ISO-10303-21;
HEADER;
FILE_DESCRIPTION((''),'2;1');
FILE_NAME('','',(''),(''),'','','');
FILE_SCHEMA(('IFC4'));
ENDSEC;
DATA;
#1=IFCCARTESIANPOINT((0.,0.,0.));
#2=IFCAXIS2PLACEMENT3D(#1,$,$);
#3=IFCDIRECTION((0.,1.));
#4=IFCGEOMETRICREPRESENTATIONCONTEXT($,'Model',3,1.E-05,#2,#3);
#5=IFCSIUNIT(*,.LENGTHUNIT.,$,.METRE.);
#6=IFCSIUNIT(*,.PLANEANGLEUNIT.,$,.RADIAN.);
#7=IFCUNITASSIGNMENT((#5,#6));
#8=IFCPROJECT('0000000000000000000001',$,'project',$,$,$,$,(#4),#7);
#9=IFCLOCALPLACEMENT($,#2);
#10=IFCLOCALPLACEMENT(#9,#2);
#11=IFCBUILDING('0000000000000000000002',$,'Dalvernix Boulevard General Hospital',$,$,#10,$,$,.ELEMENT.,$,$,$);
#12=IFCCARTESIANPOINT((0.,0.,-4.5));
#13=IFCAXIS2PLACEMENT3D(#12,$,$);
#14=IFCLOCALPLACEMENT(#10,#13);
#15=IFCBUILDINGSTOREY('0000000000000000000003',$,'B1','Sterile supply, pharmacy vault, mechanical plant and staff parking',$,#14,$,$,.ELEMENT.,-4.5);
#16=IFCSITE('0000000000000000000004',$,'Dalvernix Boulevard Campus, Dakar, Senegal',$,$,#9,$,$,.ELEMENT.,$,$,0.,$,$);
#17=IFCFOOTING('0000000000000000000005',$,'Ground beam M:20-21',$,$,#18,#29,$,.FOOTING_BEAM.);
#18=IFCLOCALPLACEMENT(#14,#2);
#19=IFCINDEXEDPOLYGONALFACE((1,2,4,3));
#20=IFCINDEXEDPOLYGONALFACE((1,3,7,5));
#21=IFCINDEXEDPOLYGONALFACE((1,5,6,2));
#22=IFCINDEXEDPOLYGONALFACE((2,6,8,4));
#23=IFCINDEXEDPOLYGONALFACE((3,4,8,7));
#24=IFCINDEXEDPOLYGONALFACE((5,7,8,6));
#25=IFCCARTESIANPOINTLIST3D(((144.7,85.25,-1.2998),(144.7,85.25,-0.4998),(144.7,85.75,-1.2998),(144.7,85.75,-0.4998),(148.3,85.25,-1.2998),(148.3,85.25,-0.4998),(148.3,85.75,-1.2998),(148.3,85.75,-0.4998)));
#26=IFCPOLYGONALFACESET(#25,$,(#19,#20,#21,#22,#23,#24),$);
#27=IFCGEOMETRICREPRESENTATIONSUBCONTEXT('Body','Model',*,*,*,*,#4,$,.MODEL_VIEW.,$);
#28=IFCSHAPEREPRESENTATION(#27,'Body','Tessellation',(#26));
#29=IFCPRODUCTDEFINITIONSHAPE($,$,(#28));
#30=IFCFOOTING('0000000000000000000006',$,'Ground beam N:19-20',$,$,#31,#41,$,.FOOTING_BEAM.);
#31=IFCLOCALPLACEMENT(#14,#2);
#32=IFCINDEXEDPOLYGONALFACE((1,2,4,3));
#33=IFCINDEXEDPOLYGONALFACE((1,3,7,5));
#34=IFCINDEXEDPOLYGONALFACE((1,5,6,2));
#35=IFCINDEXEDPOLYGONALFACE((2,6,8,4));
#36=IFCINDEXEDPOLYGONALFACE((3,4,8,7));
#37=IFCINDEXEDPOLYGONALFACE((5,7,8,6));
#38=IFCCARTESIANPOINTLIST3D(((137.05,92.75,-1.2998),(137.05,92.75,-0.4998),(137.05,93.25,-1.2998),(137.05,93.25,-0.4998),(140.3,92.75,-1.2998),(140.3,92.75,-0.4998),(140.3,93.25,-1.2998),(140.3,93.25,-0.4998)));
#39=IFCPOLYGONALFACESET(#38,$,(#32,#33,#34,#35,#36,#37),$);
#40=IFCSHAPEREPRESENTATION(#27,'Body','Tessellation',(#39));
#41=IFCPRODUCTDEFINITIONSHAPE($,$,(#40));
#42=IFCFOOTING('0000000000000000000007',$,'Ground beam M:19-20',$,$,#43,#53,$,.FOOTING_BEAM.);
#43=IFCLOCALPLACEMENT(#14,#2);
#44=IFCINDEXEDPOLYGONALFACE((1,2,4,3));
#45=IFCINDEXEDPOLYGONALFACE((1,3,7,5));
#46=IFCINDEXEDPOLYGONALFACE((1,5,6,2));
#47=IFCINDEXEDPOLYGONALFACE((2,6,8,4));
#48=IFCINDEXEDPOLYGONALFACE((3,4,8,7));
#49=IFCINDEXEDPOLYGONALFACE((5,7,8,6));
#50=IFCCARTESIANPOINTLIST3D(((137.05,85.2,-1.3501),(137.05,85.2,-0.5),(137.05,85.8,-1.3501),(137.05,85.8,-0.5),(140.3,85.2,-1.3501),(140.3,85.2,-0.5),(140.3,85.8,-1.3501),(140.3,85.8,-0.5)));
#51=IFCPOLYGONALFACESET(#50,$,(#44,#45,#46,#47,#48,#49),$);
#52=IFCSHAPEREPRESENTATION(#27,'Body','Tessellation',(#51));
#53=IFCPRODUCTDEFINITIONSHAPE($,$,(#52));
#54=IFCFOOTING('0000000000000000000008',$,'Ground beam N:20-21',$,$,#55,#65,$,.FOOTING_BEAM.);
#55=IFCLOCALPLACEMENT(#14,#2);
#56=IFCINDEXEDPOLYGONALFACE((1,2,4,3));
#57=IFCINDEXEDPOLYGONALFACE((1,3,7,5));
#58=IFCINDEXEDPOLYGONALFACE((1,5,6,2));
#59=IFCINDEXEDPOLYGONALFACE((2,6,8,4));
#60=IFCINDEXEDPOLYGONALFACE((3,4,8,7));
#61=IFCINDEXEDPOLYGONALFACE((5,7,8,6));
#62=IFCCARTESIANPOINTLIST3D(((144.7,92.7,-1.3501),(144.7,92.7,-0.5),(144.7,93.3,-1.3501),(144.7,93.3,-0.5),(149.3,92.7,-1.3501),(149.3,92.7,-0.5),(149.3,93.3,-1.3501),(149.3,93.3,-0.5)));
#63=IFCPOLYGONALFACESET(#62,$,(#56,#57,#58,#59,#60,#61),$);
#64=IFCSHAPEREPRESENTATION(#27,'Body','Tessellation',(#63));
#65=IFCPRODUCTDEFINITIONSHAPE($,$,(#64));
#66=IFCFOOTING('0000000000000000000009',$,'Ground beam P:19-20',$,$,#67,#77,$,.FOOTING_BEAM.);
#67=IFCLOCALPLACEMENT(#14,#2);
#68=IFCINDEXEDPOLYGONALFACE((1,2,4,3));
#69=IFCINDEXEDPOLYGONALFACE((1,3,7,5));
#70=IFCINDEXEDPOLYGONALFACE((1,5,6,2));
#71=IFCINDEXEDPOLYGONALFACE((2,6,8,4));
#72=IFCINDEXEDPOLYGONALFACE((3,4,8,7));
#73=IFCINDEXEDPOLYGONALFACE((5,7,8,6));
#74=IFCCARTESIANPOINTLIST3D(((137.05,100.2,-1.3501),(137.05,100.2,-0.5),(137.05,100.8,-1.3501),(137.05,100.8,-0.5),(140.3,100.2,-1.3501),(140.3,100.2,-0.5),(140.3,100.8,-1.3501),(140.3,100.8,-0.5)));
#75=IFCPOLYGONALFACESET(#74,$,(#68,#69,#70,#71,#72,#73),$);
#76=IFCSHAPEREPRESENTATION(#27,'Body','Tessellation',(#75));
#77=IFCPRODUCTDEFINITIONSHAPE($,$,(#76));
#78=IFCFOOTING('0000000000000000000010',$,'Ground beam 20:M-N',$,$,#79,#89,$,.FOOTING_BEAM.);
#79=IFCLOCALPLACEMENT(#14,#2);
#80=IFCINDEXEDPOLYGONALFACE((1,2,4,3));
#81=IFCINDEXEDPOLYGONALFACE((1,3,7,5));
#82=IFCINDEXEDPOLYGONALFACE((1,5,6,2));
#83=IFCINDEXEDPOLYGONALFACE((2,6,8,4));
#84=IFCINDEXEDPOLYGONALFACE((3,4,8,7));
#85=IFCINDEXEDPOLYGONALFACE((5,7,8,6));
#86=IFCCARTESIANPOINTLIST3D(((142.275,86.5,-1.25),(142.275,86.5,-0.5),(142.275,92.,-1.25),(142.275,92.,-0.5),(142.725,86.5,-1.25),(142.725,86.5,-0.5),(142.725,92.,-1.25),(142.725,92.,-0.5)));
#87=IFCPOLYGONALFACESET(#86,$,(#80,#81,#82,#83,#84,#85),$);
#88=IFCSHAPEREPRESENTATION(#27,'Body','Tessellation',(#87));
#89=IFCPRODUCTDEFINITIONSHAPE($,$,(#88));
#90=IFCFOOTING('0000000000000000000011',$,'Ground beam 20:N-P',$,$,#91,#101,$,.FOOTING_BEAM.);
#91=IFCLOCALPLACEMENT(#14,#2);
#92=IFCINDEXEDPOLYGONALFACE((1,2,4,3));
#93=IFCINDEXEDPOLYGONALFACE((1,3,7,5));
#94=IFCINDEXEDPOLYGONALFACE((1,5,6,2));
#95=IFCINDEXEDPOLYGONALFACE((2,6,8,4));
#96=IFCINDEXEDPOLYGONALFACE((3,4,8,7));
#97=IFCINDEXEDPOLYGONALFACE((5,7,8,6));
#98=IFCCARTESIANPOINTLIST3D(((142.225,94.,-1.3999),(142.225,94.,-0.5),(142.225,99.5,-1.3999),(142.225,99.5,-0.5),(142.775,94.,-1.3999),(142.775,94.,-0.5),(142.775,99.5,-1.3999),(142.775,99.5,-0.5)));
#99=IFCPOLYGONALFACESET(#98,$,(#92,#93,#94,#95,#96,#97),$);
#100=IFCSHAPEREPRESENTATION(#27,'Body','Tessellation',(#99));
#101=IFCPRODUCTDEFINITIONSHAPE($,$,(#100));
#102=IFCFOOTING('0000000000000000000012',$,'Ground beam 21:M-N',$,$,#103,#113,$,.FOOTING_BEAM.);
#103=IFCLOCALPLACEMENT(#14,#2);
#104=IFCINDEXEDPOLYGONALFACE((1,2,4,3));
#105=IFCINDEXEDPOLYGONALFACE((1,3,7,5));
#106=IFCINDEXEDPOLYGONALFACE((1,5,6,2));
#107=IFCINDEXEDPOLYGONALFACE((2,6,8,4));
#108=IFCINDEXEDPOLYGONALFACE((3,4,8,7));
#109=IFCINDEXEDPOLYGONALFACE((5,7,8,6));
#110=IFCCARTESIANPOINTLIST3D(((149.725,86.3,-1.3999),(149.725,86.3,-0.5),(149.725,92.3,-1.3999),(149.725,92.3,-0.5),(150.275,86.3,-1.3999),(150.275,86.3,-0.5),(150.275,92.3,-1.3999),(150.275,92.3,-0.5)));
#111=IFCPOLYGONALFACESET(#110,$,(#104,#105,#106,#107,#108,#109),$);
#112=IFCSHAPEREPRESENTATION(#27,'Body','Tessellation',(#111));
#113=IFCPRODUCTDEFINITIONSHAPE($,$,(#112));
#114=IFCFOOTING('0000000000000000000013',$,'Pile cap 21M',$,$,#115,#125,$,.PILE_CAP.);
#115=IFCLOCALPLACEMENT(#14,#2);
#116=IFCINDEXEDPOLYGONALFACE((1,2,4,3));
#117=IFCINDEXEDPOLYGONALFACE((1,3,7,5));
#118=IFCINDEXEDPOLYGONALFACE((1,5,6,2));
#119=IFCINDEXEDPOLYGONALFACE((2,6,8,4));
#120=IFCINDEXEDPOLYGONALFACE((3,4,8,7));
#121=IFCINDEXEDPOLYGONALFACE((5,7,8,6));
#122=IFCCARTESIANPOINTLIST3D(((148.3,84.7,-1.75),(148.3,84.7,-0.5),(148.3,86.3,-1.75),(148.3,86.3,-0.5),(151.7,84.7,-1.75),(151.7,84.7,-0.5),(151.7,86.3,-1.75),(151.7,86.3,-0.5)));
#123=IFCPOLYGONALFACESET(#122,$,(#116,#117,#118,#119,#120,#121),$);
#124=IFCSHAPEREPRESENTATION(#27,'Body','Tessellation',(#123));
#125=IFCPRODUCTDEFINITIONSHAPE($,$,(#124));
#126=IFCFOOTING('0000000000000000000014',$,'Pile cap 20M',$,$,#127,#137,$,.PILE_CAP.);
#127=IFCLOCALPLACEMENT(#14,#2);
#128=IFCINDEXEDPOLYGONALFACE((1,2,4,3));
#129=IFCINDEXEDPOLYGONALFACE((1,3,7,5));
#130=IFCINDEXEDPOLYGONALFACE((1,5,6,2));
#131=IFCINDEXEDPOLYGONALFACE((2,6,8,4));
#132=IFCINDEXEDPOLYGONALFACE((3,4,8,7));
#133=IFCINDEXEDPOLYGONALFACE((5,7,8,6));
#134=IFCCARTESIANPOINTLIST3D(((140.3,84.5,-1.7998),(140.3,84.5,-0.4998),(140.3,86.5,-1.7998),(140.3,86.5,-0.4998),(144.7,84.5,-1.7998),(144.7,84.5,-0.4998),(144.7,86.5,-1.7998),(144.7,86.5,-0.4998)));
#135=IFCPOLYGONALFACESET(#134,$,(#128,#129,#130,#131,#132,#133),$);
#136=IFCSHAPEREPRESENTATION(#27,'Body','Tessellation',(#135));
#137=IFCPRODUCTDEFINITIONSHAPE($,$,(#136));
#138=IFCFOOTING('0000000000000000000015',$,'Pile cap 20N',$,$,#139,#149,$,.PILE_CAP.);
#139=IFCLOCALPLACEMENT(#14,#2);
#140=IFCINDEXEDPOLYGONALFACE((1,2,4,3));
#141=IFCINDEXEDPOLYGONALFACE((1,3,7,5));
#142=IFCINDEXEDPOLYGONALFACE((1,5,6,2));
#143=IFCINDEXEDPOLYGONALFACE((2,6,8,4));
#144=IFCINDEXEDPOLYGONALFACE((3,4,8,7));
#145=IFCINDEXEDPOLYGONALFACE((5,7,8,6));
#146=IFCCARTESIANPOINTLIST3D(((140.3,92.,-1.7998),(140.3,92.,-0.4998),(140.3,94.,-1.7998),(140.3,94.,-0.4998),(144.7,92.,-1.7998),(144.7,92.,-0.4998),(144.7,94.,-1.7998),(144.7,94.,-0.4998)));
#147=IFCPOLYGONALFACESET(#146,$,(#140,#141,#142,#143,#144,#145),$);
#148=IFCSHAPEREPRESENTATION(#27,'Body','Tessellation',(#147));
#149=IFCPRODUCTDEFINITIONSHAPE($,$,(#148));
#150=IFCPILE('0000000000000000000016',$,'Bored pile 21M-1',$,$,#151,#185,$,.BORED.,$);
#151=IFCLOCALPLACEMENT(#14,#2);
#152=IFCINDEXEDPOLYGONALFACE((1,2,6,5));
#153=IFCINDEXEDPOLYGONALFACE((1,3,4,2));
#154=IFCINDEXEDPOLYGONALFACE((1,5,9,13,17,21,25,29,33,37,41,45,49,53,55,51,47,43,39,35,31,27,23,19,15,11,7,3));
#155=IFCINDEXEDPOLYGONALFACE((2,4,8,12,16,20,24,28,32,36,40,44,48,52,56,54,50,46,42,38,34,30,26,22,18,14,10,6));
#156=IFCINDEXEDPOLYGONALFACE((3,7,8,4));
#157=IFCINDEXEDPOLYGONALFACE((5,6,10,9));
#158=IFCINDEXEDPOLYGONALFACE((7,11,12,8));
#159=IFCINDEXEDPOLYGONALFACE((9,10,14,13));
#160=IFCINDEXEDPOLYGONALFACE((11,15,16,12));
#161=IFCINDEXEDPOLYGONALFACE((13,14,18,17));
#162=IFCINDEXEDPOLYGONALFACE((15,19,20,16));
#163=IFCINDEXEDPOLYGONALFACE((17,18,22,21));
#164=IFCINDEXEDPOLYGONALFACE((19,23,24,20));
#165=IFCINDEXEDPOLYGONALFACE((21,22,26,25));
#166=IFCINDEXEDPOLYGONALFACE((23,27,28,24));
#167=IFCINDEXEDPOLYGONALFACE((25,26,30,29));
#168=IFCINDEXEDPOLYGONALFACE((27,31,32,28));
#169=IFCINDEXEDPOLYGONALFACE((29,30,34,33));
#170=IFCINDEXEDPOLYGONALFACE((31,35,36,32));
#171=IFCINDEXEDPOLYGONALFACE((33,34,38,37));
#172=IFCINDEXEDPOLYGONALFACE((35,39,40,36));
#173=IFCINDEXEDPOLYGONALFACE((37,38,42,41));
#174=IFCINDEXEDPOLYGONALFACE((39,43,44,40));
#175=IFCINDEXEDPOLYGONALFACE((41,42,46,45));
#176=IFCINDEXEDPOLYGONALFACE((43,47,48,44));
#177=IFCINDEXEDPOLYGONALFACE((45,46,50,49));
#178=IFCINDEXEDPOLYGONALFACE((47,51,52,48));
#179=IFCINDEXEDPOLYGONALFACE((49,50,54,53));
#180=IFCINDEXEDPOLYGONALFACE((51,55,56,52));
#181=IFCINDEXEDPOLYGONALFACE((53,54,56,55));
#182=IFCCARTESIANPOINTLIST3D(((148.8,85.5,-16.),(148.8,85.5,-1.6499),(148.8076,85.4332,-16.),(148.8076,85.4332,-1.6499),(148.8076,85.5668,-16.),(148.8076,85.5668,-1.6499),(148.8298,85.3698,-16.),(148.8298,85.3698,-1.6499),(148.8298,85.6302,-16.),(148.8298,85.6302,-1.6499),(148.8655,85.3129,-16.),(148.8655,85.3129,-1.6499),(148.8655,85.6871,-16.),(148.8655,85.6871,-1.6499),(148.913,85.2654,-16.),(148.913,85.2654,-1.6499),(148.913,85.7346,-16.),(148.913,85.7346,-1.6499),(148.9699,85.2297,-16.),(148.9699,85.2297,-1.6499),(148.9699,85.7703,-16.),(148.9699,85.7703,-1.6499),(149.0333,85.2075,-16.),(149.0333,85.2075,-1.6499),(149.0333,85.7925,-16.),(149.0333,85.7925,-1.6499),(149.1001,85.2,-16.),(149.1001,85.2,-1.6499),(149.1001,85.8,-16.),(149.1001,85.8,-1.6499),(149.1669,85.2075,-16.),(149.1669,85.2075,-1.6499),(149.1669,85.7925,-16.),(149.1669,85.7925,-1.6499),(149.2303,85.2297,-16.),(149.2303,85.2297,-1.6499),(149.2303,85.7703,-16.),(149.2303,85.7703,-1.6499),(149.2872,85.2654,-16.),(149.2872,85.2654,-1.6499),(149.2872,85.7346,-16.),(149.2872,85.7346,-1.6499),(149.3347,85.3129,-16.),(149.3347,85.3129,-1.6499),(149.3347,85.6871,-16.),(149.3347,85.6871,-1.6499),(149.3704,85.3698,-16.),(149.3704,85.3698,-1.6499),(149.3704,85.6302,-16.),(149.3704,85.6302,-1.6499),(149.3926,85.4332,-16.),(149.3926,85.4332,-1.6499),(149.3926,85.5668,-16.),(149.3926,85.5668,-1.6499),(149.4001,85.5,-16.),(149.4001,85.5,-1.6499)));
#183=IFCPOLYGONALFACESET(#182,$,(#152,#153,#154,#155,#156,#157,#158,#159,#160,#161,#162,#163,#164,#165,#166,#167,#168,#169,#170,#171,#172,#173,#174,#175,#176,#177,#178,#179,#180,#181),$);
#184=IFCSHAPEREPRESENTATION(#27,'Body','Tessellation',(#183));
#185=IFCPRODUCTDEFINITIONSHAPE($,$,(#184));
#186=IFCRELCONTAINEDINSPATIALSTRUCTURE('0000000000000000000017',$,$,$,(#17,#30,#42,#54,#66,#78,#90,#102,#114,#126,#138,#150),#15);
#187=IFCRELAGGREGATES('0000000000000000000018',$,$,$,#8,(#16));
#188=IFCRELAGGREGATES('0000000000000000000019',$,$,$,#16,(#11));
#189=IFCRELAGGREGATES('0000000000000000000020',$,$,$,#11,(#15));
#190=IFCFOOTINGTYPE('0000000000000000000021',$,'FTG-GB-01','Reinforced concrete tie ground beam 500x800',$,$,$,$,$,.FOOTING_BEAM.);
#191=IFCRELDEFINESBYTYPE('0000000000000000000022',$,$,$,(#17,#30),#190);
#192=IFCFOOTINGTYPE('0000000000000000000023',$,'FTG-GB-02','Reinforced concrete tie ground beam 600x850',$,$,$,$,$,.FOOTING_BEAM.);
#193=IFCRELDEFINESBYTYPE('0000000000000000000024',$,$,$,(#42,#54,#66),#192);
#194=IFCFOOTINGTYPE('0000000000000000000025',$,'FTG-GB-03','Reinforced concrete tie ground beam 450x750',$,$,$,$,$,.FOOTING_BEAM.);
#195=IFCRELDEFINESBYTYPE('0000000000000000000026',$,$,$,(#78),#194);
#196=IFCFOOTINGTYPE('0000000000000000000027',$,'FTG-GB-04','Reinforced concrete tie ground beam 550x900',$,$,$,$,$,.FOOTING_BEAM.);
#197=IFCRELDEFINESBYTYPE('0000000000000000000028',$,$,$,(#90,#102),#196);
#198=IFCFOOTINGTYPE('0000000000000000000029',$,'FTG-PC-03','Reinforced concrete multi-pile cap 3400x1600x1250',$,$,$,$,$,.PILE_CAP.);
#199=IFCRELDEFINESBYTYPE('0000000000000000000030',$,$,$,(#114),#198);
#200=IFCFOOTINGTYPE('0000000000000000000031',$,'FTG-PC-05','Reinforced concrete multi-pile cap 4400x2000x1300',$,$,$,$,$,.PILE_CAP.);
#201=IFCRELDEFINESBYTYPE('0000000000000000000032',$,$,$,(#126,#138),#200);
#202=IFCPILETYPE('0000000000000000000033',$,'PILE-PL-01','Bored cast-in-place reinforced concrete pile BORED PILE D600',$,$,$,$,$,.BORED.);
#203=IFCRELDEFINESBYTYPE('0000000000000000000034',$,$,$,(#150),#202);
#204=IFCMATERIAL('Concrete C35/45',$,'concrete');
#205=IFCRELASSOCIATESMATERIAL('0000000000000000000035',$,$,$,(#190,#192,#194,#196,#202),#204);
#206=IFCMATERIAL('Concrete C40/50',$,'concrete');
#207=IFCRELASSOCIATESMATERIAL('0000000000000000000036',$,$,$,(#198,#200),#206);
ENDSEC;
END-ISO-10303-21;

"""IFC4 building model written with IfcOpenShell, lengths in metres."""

from ifc_helpers import new_model, si_unit, direction, frame, origin, origin_2d, place, context, subcontext, project, spatial, rectangle, circle, extrude, material, material_profile, profile_set, type_object, element, save


model = new_model("IFC4")

# Units and contexts
model_context = context("Model", 3, precision=1e-05, world=origin(), true_north=direction((0.0, 1.0)))
body_context = subcontext(model_context, "Body", "Model", "MODEL_VIEW")
ifc_project = project(units=[si_unit("LENGTHUNIT", "METRE"), si_unit("PLANEANGLEUNIT", "RADIAN")], contexts=[model_context])

# Site, building, storey
site_placement = place(None, origin())
site = spatial("IfcSite", under=ifc_project, at=site_placement, Name="Dalvernix Boulevard Campus, Dakar, Senegal", CompositionType="ELEMENT", RefElevation=0.0)
building_placement = place(site_placement, origin())
building = spatial("IfcBuilding", under=site, at=building_placement, Name="Dalvernix Boulevard General Hospital", CompositionType="ELEMENT")
storey_placement = place(building_placement, frame((0.0, 0.0, -4.5)))
storey = spatial("IfcBuildingStorey", under=building, at=storey_placement, Name="B1", Description="Sterile supply, pharmacy vault, mechanical plant and staff parking", CompositionType="ELEMENT", Elevation=-4.5)

# Footings
ifc_material_1 = material(Name="Concrete C35/45", Category="concrete")
footing_type_1 = type_object("IfcFootingType", Name="FTG-GB-01", Description="Reinforced concrete tie ground beam 500x800", PredefinedType="FOOTING_BEAM", material=ifc_material_1)
footing_1_placement = place(storey_placement, frame((146.5, 85.5, -1.2998), z_axis=(0.0, 0.0, 1.0), x_axis=(1.0, 0.0, 0.0)))
element("IfcFooting", 1, at=footing_1_placement, inside=storey, type_object=footing_type_1, Name="Ground beam M:20-21", PredefinedType="FOOTING_BEAM", context=body_context, shape_type="SweptSolid", body=[
    extrude(rectangle(XDim=3.6001, YDim=0.5, at=origin_2d()), origin(), (0.0, 0.0, 1.0), 0.8),
])
footing_2_placement = place(storey_placement, frame((138.675, 93.0, -1.2998), z_axis=(0.0, 0.0, 1.0), x_axis=(1.0, 0.0, 0.0)))
element("IfcFooting", 2, at=footing_2_placement, inside=storey, type_object=footing_type_1, Name="Ground beam N:19-20", PredefinedType="FOOTING_BEAM", context=body_context, shape_type="SweptSolid", body=[
    extrude(rectangle(XDim=3.25, YDim=0.5, at=origin_2d()), origin(), (0.0, 0.0, 1.0), 0.8),
])
footing_type_2 = type_object("IfcFootingType", Name="FTG-GB-02", Description="Reinforced concrete tie ground beam 600x850", PredefinedType="FOOTING_BEAM", material=ifc_material_1)
footing_3_placement = place(storey_placement, frame((138.675, 85.5, -1.3501), z_axis=(0.0, 0.0, 1.0), x_axis=(1.0, 0.0, 0.0)))
element("IfcFooting", 3, at=footing_3_placement, inside=storey, type_object=footing_type_2, Name="Ground beam M:19-20", PredefinedType="FOOTING_BEAM", context=body_context, shape_type="SweptSolid", body=[
    extrude(rectangle(XDim=3.25, YDim=0.6001, at=origin_2d()), origin(), (0.0, 0.0, 1.0), 0.8501),
])
footing_4_placement = place(storey_placement, frame((147.0, 93.0, -1.3501), z_axis=(0.0, 0.0, 1.0), x_axis=(1.0, 0.0, 0.0)))
element("IfcFooting", 4, at=footing_4_placement, inside=storey, type_object=footing_type_2, Name="Ground beam N:20-21", PredefinedType="FOOTING_BEAM", context=body_context, shape_type="SweptSolid", body=[
    extrude(rectangle(XDim=4.6001, YDim=0.6001, at=origin_2d()), origin(), (0.0, 0.0, 1.0), 0.8501),
])
footing_5_placement = place(storey_placement, frame((138.675, 100.5, -1.3501), z_axis=(0.0, 0.0, 1.0), x_axis=(1.0, 0.0, 0.0)))
element("IfcFooting", 5, at=footing_5_placement, inside=storey, type_object=footing_type_2, Name="Ground beam P:19-20", PredefinedType="FOOTING_BEAM", context=body_context, shape_type="SweptSolid", body=[
    extrude(rectangle(XDim=3.25, YDim=0.6001, at=origin_2d()), origin(), (0.0, 0.0, 1.0), 0.8501),
])
footing_type_3 = type_object("IfcFootingType", Name="FTG-GB-03", Description="Reinforced concrete tie ground beam 450x750", PredefinedType="FOOTING_BEAM", material=ifc_material_1)
footing_6_placement = place(storey_placement, frame((142.5, 89.25, -1.25), z_axis=(0.0, 0.0, 1.0), x_axis=(0.0, 1.0, 0.0)))
element("IfcFooting", 6, at=footing_6_placement, inside=storey, type_object=footing_type_3, Name="Ground beam 20:M-N", PredefinedType="FOOTING_BEAM", context=body_context, shape_type="SweptSolid", body=[
    extrude(rectangle(XDim=5.5, YDim=0.45, at=origin_2d()), origin(), (0.0, 0.0, 1.0), 0.75),
])
footing_type_4 = type_object("IfcFootingType", Name="FTG-GB-04", Description="Reinforced concrete tie ground beam 550x900", PredefinedType="FOOTING_BEAM", material=ifc_material_1)
footing_7_placement = place(storey_placement, frame((142.5, 96.75, -1.3999), z_axis=(0.0, 0.0, 1.0), x_axis=(0.0, 1.0, 0.0)))
element("IfcFooting", 7, at=footing_7_placement, inside=storey, type_object=footing_type_4, Name="Ground beam 20:N-P", PredefinedType="FOOTING_BEAM", context=body_context, shape_type="SweptSolid", body=[
    extrude(rectangle(XDim=5.5, YDim=0.55, at=origin_2d()), origin(), (0.0, 0.0, 1.0), 0.8999),
])
footing_8_placement = place(storey_placement, frame((150.0, 89.3, -1.3999), z_axis=(0.0, 0.0, 1.0), x_axis=(0.0, 1.0, 0.0)))
element("IfcFooting", 8, at=footing_8_placement, inside=storey, type_object=footing_type_4, Name="Ground beam 21:M-N", PredefinedType="FOOTING_BEAM", context=body_context, shape_type="SweptSolid", body=[
    extrude(rectangle(XDim=6.0, YDim=0.55, at=origin_2d()), origin(), (0.0, 0.0, 1.0), 0.8999),
])
ifc_material_2 = material(Name="Concrete C40/50", Category="concrete")
footing_type_5 = type_object("IfcFootingType", Name="FTG-PC-03", Description="Reinforced concrete multi-pile cap 3400x1600x1250", PredefinedType="PILE_CAP", material=ifc_material_2)
footing_9_placement = place(storey_placement, frame((150.0, 85.5, -1.75), z_axis=(0.0, 0.0, 1.0), x_axis=(1.0, 0.0, 0.0)))
element("IfcFooting", 9, at=footing_9_placement, inside=storey, type_object=footing_type_5, Name="Pile cap 21M", PredefinedType="PILE_CAP", context=body_context, shape_type="SweptSolid", body=[
    extrude(rectangle(XDim=3.3999, YDim=1.6001, at=origin_2d()), origin(), (0.0, 0.0, 1.0), 1.25),
])
footing_type_6 = type_object("IfcFootingType", Name="FTG-PC-05", Description="Reinforced concrete multi-pile cap 4400x2000x1300", PredefinedType="PILE_CAP", material=ifc_material_2)
for number, where, z_axis, x_axis, name in (
    (10, (142.5, 85.5, -1.7998), (0.0, 0.0, 1.0), (1.0, 0.0, 0.0), "Pile cap 20M"),
    (11, (142.5, 93.0, -1.7998), (0.0, 0.0, 1.0), (1.0, 0.0, 0.0), "Pile cap 20N"),
):
    element("IfcFooting", number, at=place(storey_placement, frame(where, z_axis=z_axis, x_axis=x_axis)), inside=storey, type_object=footing_type_6, Name=name, PredefinedType="PILE_CAP", context=body_context, shape_type="SweptSolid", body=[
        extrude(rectangle(XDim=4.3999, YDim=2.0, at=origin_2d()), origin(), (0.0, 0.0, 1.0), 1.3),
    ])

# Pile
ifc_material_profile_1 = material_profile(ifc_material_1, circle(Radius=0.3, at=origin_2d()), Name="BORED PILE D600")
ifc_profile_set_1 = profile_set([ifc_material_profile_1], Name="Concrete C35/45")
pile_type_1 = type_object("IfcPileType", Name="PILE-PL-01", Description="Bored cast-in-place reinforced concrete pile BORED PILE D600", PredefinedType="BORED", material=ifc_profile_set_1)
pile_placement = place(storey_placement, frame((149.1001, 85.5, -1.6499), z_axis=(0.0, 0.0, -1.0), x_axis=(1.0, 0.0, 0.0)))
element("IfcPile", 12, at=pile_placement, inside=storey, type_object=pile_type_1, Name="Bored pile 21M-1", PredefinedType="BORED", context=body_context, shape_type="SweptSolid", body=[
    extrude(circle(Radius=0.3, at=origin_2d()), origin(), (0.0, 0.0, 1.0), 14.3501),
])

save(model, "model.ifc")
